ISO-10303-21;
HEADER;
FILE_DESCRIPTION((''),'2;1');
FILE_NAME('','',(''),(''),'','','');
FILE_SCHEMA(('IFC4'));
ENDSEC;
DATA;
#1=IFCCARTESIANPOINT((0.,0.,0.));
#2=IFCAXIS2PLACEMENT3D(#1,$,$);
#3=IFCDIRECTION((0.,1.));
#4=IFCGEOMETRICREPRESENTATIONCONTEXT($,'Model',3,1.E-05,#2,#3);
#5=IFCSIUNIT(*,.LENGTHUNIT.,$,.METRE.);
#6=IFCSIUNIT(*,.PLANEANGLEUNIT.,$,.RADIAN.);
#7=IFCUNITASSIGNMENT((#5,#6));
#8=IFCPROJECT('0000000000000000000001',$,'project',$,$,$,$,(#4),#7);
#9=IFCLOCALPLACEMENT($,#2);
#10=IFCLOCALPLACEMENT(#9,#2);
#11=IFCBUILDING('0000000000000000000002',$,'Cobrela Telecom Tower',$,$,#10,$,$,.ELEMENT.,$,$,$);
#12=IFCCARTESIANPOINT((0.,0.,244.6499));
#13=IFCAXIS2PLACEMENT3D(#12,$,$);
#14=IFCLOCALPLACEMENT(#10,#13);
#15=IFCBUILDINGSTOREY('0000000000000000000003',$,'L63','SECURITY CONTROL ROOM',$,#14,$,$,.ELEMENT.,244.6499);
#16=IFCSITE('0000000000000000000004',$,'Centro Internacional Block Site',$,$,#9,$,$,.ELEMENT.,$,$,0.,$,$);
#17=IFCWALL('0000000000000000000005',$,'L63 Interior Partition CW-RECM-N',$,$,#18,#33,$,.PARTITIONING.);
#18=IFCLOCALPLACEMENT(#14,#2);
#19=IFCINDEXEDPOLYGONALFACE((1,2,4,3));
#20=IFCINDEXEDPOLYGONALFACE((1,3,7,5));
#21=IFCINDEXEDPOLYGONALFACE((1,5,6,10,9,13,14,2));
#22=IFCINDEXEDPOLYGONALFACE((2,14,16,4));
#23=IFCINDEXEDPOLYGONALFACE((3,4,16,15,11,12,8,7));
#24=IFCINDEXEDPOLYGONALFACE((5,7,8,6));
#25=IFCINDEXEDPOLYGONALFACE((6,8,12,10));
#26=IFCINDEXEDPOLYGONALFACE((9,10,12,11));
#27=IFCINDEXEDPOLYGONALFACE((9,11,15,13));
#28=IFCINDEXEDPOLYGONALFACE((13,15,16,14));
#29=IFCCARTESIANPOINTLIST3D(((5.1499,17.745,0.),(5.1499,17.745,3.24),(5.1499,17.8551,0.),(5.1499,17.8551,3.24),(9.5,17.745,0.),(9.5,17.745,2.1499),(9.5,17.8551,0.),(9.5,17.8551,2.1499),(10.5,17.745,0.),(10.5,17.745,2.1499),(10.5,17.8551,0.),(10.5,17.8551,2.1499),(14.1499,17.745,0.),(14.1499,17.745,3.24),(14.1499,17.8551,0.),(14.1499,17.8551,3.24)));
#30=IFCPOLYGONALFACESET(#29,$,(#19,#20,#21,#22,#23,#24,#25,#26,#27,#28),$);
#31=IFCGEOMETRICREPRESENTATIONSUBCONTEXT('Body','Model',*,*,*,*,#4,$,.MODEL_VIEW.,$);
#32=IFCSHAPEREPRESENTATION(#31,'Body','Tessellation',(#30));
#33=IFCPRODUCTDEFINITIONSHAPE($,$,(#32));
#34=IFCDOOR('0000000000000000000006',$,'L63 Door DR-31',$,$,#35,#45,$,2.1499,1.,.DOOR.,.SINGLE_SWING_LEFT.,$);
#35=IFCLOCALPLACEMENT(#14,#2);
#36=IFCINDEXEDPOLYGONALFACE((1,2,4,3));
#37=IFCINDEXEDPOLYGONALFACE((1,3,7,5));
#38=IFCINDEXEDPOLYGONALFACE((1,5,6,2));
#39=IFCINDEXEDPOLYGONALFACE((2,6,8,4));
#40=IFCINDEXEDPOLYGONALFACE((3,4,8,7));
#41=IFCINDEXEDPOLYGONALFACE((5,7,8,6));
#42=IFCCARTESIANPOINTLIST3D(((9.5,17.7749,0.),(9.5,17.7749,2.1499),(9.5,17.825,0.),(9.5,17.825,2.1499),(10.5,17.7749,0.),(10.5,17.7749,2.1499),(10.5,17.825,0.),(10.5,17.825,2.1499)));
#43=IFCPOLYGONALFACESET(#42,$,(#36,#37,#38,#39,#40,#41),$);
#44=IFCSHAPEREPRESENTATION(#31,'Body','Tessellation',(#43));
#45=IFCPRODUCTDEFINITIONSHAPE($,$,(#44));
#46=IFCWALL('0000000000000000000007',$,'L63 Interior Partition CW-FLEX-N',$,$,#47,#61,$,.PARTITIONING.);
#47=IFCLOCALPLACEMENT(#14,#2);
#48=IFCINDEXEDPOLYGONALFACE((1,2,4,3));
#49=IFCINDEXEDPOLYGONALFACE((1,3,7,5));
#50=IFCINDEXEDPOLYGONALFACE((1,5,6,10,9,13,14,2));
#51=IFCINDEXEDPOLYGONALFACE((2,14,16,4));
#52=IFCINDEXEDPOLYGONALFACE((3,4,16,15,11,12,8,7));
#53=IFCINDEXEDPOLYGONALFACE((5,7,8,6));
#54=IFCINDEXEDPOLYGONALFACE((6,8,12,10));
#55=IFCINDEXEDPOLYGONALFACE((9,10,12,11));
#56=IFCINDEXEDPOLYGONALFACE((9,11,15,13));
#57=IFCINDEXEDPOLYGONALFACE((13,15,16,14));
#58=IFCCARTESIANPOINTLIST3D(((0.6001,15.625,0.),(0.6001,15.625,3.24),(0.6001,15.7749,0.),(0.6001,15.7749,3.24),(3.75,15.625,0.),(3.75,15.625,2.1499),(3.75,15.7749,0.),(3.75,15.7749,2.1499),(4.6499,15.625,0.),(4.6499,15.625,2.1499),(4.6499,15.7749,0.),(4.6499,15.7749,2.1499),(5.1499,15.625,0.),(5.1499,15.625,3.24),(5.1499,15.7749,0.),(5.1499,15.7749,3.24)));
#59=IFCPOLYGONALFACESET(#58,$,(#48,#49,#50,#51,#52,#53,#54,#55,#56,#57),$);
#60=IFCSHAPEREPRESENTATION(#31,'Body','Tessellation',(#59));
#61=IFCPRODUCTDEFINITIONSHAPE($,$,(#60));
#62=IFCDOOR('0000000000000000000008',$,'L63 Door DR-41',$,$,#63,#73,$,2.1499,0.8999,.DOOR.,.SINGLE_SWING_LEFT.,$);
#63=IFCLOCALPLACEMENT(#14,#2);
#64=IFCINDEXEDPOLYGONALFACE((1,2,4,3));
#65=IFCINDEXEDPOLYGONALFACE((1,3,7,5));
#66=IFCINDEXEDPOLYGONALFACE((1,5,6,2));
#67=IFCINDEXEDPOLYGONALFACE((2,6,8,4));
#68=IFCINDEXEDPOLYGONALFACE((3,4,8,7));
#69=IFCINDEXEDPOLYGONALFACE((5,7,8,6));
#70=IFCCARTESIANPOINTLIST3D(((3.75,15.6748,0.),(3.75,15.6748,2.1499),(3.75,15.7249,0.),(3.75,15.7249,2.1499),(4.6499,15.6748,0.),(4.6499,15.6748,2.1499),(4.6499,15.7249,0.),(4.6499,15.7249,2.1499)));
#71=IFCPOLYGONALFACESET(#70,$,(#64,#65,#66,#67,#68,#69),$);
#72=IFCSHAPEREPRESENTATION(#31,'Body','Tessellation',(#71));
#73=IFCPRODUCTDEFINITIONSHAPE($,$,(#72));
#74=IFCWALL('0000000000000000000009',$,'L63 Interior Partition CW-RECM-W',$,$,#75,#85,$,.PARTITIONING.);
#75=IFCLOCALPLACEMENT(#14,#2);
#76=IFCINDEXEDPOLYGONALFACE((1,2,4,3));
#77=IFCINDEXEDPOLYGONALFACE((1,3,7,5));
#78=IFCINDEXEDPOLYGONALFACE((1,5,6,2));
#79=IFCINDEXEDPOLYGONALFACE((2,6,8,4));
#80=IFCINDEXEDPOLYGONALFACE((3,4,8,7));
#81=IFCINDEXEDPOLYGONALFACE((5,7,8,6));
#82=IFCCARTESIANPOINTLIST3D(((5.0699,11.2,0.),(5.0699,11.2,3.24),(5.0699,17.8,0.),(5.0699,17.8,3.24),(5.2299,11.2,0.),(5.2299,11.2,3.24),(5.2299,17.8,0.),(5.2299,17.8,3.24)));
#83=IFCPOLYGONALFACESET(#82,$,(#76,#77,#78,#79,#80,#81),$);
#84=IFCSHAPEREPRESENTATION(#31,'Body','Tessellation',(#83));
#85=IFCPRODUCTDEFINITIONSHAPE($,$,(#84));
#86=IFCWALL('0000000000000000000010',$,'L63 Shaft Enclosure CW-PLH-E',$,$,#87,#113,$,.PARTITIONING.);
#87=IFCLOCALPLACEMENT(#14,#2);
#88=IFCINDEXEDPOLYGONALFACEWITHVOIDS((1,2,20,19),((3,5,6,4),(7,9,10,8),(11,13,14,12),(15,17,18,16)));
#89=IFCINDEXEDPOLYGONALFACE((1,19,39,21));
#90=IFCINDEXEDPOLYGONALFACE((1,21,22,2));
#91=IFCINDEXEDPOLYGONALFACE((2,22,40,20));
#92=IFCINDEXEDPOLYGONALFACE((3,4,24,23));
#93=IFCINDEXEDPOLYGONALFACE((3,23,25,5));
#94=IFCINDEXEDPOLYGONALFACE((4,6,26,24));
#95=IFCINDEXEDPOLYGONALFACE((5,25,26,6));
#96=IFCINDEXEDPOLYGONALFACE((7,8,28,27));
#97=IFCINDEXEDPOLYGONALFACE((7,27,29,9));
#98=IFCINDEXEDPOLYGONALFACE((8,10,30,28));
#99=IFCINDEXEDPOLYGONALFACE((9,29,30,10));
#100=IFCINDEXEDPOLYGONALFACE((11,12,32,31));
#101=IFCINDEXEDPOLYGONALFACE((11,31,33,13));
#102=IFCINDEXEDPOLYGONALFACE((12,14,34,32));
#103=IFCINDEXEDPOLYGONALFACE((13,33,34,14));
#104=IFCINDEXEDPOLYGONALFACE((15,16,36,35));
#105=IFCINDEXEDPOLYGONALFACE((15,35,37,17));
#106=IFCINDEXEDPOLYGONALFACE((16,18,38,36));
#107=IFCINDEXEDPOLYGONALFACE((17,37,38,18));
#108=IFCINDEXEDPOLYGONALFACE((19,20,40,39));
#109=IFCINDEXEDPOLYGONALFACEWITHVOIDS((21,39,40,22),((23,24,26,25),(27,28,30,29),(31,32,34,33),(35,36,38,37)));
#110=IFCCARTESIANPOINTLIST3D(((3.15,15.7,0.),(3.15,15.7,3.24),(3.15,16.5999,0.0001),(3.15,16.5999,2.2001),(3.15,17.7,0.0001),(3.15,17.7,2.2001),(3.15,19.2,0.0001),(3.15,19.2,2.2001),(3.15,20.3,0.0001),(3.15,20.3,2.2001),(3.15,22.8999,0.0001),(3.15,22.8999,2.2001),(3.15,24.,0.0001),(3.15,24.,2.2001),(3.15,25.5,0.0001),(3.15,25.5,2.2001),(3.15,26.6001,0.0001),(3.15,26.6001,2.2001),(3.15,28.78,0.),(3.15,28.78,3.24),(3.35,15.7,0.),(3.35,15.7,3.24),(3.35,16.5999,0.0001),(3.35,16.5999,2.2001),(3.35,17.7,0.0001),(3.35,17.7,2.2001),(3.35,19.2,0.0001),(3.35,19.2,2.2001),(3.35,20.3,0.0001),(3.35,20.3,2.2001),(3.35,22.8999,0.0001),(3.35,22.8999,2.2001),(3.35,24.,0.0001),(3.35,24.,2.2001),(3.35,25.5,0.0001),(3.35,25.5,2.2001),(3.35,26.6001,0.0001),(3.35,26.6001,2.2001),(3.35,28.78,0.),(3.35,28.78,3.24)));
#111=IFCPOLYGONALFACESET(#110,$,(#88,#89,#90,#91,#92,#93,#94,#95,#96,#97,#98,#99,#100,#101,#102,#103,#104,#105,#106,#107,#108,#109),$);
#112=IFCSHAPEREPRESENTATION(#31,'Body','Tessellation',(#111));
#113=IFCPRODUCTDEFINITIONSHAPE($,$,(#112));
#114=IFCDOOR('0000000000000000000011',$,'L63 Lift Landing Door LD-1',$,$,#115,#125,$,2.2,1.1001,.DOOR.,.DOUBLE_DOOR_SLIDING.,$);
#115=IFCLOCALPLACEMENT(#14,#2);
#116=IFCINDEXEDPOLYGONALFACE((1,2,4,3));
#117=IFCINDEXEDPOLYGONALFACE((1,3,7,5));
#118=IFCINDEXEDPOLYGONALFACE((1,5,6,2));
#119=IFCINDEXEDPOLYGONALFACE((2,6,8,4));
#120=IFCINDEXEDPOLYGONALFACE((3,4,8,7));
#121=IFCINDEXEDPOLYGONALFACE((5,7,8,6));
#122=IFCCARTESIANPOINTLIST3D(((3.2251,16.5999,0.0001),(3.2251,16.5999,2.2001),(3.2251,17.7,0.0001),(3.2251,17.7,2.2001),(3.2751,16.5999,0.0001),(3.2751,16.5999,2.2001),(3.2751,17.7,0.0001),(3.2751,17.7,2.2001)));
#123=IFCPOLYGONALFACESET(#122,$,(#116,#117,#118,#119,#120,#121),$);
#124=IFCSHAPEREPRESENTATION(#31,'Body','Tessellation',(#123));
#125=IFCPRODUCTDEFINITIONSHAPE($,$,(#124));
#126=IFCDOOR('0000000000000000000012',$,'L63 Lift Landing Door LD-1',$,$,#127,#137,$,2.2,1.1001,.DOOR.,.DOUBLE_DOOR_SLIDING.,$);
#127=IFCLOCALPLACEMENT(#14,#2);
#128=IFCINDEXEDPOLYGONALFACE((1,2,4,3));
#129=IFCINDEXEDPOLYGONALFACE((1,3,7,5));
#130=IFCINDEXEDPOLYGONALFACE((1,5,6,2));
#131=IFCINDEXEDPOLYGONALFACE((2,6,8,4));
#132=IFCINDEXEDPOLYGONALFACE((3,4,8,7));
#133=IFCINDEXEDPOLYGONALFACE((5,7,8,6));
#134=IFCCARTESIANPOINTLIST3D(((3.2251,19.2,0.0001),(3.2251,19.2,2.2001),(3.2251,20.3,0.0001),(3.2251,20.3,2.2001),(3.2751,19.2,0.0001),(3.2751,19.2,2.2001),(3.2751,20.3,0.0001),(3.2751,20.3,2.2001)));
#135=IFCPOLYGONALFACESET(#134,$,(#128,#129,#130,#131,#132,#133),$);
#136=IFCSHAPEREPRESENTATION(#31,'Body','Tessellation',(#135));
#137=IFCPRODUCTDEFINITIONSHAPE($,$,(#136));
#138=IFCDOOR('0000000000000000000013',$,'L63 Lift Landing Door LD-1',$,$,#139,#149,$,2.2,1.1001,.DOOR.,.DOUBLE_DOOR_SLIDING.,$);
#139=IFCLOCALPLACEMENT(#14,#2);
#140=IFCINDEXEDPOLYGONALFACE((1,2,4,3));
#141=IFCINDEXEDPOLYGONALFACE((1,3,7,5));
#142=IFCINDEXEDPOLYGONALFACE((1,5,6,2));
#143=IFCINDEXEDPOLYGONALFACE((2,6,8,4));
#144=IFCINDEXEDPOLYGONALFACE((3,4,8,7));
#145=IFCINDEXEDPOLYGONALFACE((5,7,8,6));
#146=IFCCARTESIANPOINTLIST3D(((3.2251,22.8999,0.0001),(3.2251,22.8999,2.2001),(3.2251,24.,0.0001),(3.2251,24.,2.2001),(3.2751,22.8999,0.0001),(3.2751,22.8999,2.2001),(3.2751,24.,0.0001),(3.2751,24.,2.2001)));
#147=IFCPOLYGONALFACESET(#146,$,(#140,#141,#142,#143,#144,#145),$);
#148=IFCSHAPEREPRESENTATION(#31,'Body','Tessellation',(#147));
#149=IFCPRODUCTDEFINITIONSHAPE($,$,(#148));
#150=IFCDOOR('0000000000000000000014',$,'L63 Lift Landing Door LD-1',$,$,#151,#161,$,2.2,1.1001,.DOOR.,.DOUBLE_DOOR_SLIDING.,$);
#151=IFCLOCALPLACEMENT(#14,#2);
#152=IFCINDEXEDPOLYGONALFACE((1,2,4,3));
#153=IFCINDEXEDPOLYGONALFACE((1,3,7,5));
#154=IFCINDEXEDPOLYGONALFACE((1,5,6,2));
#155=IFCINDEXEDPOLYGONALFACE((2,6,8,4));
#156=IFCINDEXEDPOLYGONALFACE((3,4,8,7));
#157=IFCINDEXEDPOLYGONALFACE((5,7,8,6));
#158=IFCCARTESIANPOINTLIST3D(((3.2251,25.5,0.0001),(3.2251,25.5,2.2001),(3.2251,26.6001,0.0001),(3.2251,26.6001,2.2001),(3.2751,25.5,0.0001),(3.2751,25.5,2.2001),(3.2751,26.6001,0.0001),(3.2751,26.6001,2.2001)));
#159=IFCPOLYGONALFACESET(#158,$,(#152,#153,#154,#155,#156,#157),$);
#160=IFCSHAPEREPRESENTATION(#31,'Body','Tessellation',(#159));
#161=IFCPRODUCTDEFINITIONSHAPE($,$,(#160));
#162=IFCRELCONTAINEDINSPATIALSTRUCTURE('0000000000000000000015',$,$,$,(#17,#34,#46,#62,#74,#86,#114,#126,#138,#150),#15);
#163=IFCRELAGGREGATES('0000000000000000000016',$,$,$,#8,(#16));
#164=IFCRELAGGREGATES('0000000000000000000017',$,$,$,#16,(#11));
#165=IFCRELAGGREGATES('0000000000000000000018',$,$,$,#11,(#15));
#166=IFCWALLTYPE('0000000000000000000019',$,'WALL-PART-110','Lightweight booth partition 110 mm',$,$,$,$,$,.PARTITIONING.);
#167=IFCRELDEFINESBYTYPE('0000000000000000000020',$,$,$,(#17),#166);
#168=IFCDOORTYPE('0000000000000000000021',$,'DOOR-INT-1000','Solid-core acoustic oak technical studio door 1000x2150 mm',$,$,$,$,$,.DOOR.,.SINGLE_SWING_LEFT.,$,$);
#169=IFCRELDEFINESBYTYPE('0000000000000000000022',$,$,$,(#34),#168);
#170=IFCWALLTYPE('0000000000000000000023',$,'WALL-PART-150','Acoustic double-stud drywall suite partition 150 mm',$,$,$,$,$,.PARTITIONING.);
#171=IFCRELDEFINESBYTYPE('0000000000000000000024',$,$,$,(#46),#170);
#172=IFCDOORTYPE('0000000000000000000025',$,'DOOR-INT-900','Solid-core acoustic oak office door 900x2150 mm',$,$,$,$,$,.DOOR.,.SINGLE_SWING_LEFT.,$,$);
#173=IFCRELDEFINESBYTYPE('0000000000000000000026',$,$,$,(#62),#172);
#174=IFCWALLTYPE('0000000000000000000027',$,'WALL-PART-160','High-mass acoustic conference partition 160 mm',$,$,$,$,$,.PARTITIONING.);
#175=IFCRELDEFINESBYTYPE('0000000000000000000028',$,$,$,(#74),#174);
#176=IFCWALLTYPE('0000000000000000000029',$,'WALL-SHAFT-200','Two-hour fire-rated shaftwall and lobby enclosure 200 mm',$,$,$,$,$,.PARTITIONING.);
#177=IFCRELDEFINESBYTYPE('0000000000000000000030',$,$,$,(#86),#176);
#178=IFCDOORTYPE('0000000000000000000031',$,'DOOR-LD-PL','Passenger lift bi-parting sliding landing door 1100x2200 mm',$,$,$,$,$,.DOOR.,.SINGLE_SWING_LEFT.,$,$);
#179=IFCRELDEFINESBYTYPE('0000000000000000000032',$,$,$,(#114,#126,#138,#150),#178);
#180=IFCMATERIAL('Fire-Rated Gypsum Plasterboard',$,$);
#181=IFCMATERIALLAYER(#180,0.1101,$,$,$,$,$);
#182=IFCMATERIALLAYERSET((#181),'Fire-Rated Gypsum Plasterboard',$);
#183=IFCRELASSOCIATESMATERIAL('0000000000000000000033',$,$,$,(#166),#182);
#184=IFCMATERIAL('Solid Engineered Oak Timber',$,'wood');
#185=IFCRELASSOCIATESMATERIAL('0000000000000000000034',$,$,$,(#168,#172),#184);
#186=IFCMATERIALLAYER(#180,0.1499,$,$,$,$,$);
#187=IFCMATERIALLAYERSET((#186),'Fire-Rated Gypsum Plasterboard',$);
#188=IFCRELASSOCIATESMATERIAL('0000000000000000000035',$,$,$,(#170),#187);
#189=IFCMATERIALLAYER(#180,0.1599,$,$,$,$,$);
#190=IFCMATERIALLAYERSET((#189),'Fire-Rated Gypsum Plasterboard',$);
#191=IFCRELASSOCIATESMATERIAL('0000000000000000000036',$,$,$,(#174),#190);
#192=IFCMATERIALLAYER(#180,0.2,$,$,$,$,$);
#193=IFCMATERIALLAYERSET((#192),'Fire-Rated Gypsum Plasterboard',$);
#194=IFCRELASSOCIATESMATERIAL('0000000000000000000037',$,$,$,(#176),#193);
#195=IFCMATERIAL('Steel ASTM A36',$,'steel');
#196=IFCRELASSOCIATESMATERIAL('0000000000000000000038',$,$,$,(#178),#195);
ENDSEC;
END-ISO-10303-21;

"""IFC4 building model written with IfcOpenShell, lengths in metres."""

from ifc_helpers import new_model, si_unit, direction, frame, frame_2d, origin, place, context, subcontext, project, spatial, rectangle, extrude, material, layer, layer_set, type_object, element, fill, save


model = new_model("IFC4")

# Units and contexts
model_context = context("Model", 3, precision=1e-05, world=origin(), true_north=direction((0.0, 1.0)))
body_context = subcontext(model_context, "Body", "Model", "MODEL_VIEW")
ifc_project = project(units=[si_unit("LENGTHUNIT", "METRE"), si_unit("PLANEANGLEUNIT", "RADIAN")], contexts=[model_context])

# Site, building, storey
site_placement = place(None, origin())
site = spatial("IfcSite", under=ifc_project, at=site_placement, Name="Centro Internacional Block Site", CompositionType="ELEMENT", RefElevation=0.0)
building_placement = place(site_placement, origin())
building = spatial("IfcBuilding", under=site, at=building_placement, Name="Cobrela Telecom Tower", CompositionType="ELEMENT")
storey_placement = place(building_placement, frame((0.0, 0.0, 244.6499)))
storey = spatial("IfcBuildingStorey", under=building, at=storey_placement, Name="L63", Description="SECURITY CONTROL ROOM", CompositionType="ELEMENT", Elevation=244.6499)

# Walls, openings, doors
ifc_material_1 = material(Name="Fire-Rated Gypsum Plasterboard")
ifc_layer_1 = layer(ifc_material_1, 0.1101)
ifc_layer_set_1 = layer_set([ifc_layer_1], Name="Fire-Rated Gypsum Plasterboard")
wall_type_1 = type_object("IfcWallType", Name="WALL-PART-110", Description="Lightweight booth partition 110 mm", PredefinedType="PARTITIONING", material=ifc_layer_set_1)
wall_1_placement = place(storey_placement, frame((5.1499, 17.8, 0.0), z_axis=(0.0, 0.0, 1.0), x_axis=(1.0, 0.0, 0.0)))
wall_1 = element("IfcWall", 1, at=wall_1_placement, inside=storey, type_object=wall_type_1, Name="L63 Interior Partition CW-RECM-N", PredefinedType="PARTITIONING", context=body_context, shape_type="SweptSolid", body=[
    extrude(rectangle(XDim=9.0, YDim=0.1101, at=frame_2d((4.5, 0.0))), origin(), (0.0, 0.0, 1.0), 3.24),
])
opening_1_placement = place(wall_1_placement, frame((4.3501, 0.0, 0.0)))
opening_1 = element("IfcOpeningElement", 2, at=opening_1_placement, cuts=wall_1, PredefinedType="OPENING", context=body_context, shape_type="SweptSolid", body=[
    extrude(rectangle(XDim=1.0, YDim=2.1499, at=frame_2d((0.5, 1.075))), frame((0.0, 0.0669, 0.0), z_axis=(0.0, -1.0, 0.0), x_axis=(1.0, 0.0, 0.0)), (0.0, 0.0, 1.0), 0.134),
])
ifc_material_2 = material(Name="Solid Engineered Oak Timber", Category="wood")
door_type_1 = type_object("IfcDoorType", Name="DOOR-INT-1000", Description="Solid-core acoustic oak technical studio door 1000x2150 mm", OperationType="SINGLE_SWING_LEFT", PredefinedType="DOOR", material=ifc_material_2)
door_1_placement = place(opening_1_placement, origin())
door_1 = element("IfcDoor", 3, at=door_1_placement, inside=storey, type_object=door_type_1, Name="L63 Door DR-31", OperationType="SINGLE_SWING_LEFT", OverallHeight=2.1499, OverallWidth=1.0, PredefinedType="DOOR", context=body_context, shape_type="SweptSolid", body=[
    extrude(rectangle(XDim=1.0, YDim=2.1499, at=frame_2d((0.5, 1.075))), frame((0.0, 0.0249, 0.0), z_axis=(0.0, -1.0, 0.0), x_axis=(1.0, 0.0, 0.0)), (0.0, 0.0, 1.0), 0.05),
])
fill(opening_1, door_1)
ifc_layer_2 = layer(ifc_material_1, 0.1499)
ifc_layer_set_2 = layer_set([ifc_layer_2], Name="Fire-Rated Gypsum Plasterboard")
wall_type_2 = type_object("IfcWallType", Name="WALL-PART-150", Description="Acoustic double-stud drywall suite partition 150 mm", PredefinedType="PARTITIONING", material=ifc_layer_set_2)
wall_2_placement = place(storey_placement, frame((0.6001, 15.7, 0.0), z_axis=(0.0, 0.0, 1.0), x_axis=(1.0, 0.0, 0.0)))
wall_2 = element("IfcWall", 4, at=wall_2_placement, inside=storey, type_object=wall_type_2, Name="L63 Interior Partition CW-FLEX-N", PredefinedType="PARTITIONING", context=body_context, shape_type="SweptSolid", body=[
    extrude(rectangle(XDim=4.5498, YDim=0.1499, at=frame_2d((2.2749, 0.0))), origin(), (0.0, 0.0, 1.0), 3.24),
])
opening_2_placement = place(wall_2_placement, frame((3.1499, 0.0, 0.0)))
opening_2 = element("IfcOpeningElement", 5, at=opening_2_placement, cuts=wall_2, PredefinedType="OPENING", context=body_context, shape_type="SweptSolid", body=[
    extrude(rectangle(XDim=0.8999, YDim=2.1499, at=frame_2d((0.45, 1.075))), frame((0.0, 0.0869, 0.0), z_axis=(0.0, -1.0, 0.0), x_axis=(1.0, 0.0, 0.0)), (0.0, 0.0, 1.0), 0.1738),
])
door_type_2 = type_object("IfcDoorType", Name="DOOR-INT-900", Description="Solid-core acoustic oak office door 900x2150 mm", OperationType="SINGLE_SWING_LEFT", PredefinedType="DOOR", material=ifc_material_2)
door_2_placement = place(opening_2_placement, origin())
door_2 = element("IfcDoor", 6, at=door_2_placement, inside=storey, type_object=door_type_2, Name="L63 Door DR-41", OperationType="SINGLE_SWING_LEFT", OverallHeight=2.1499, OverallWidth=0.8999, PredefinedType="DOOR", context=body_context, shape_type="SweptSolid", body=[
    extrude(rectangle(XDim=0.8999, YDim=2.1499, at=frame_2d((0.45, 1.075))), frame((0.0, 0.0249, 0.0), z_axis=(0.0, -1.0, 0.0), x_axis=(1.0, 0.0, 0.0)), (0.0, 0.0, 1.0), 0.05),
])
fill(opening_2, door_2)

# Wall
ifc_layer_3 = layer(ifc_material_1, 0.1599)
ifc_layer_set_3 = layer_set([ifc_layer_3], Name="Fire-Rated Gypsum Plasterboard")
wall_type_3 = type_object("IfcWallType", Name="WALL-PART-160", Description="High-mass acoustic conference partition 160 mm", PredefinedType="PARTITIONING", material=ifc_layer_set_3)
wall_3_placement = place(storey_placement, frame((5.1499, 11.2, 0.0), z_axis=(0.0, 0.0, 1.0), x_axis=(0.0, 1.0, 0.0)))
element("IfcWall", 7, at=wall_3_placement, inside=storey, type_object=wall_type_3, Name="L63 Interior Partition CW-RECM-W", PredefinedType="PARTITIONING", context=body_context, shape_type="SweptSolid", body=[
    extrude(rectangle(XDim=6.6001, YDim=0.1599, at=frame_2d((3.3, 0.0))), origin(), (0.0, 0.0, 1.0), 3.24),
])

# Wall, openings, doors
ifc_layer_4 = layer(ifc_material_1, 0.2)
ifc_layer_set_4 = layer_set([ifc_layer_4], Name="Fire-Rated Gypsum Plasterboard")
wall_type_4 = type_object("IfcWallType", Name="WALL-SHAFT-200", Description="Two-hour fire-rated shaftwall and lobby enclosure 200 mm", PredefinedType="PARTITIONING", material=ifc_layer_set_4)
wall_4_placement = place(storey_placement, frame((3.25, 15.7, 0.0), z_axis=(0.0, 0.0, 1.0), x_axis=(0.0, 1.0, 0.0)))
wall_4 = element("IfcWall", 8, at=wall_4_placement, inside=storey, type_object=wall_type_4, Name="L63 Shaft Enclosure CW-PLH-E", PredefinedType="PARTITIONING", context=body_context, shape_type="SweptSolid", body=[
    extrude(rectangle(XDim=13.0801, YDim=0.2, at=frame_2d((6.54, 0.0))), origin(), (0.0, 0.0, 1.0), 3.24),
])
opening_3_placement = place(wall_4_placement, frame((0.8999, 0.0, 0.0)))
opening_3 = element("IfcOpeningElement", 9, at=opening_3_placement, cuts=wall_4, PredefinedType="OPENING", context=body_context, shape_type="SweptSolid", body=[
    extrude(rectangle(XDim=1.1001, YDim=2.2, at=frame_2d((0.55, 1.1001))), frame((0.0, 0.1118, 0.0), z_axis=(0.0, -1.0, 0.0), x_axis=(1.0, 0.0, 0.0)), (0.0, 0.0, 1.0), 0.2239),
])
opening_4_placement = place(wall_4_placement, frame((3.5, 0.0, 0.0)))
opening_4 = element("IfcOpeningElement", 10, at=opening_4_placement, cuts=wall_4, PredefinedType="OPENING", context=body_context, shape_type="SweptSolid", body=[
    extrude(rectangle(XDim=1.1001, YDim=2.2, at=frame_2d((0.55, 1.1001))), frame((0.0, 0.1118, 0.0), z_axis=(0.0, -1.0, 0.0), x_axis=(1.0, 0.0, 0.0)), (0.0, 0.0, 1.0), 0.2239),
])
opening_5_placement = place(wall_4_placement, frame((7.2, 0.0, 0.0)))
opening_5 = element("IfcOpeningElement", 11, at=opening_5_placement, cuts=wall_4, PredefinedType="OPENING", context=body_context, shape_type="SweptSolid", body=[
    extrude(rectangle(XDim=1.1001, YDim=2.2, at=frame_2d((0.55, 1.1001))), frame((0.0, 0.1118, 0.0), z_axis=(0.0, -1.0, 0.0), x_axis=(1.0, 0.0, 0.0)), (0.0, 0.0, 1.0), 0.2239),
])
opening_6_placement = place(wall_4_placement, frame((9.8, 0.0, 0.0)))
opening_6 = element("IfcOpeningElement", 12, at=opening_6_placement, cuts=wall_4, PredefinedType="OPENING", context=body_context, shape_type="SweptSolid", body=[
    extrude(rectangle(XDim=1.1001, YDim=2.2, at=frame_2d((0.55, 1.1001))), frame((0.0, 0.1118, 0.0), z_axis=(0.0, -1.0, 0.0), x_axis=(1.0, 0.0, 0.0)), (0.0, 0.0, 1.0), 0.2239),
])
ifc_material_3 = material(Name="Steel ASTM A36", Category="steel")
door_type_3 = type_object("IfcDoorType", Name="DOOR-LD-PL", Description="Passenger lift bi-parting sliding landing door 1100x2200 mm", OperationType="SINGLE_SWING_LEFT", PredefinedType="DOOR", material=ifc_material_3)
door_3_placement = place(opening_3_placement, origin())
door_3 = element("IfcDoor", 13, at=door_3_placement, inside=storey, type_object=door_type_3, Name="L63 Lift Landing Door LD-1", OperationType="DOUBLE_DOOR_SLIDING", OverallHeight=2.2, OverallWidth=1.1001, PredefinedType="DOOR", context=body_context, shape_type="SweptSolid", body=[
    extrude(rectangle(XDim=1.1001, YDim=2.2, at=frame_2d((0.55, 1.1001))), frame((0.0, 0.0249, 0.0), z_axis=(0.0, -1.0, 0.0), x_axis=(1.0, 0.0, 0.0)), (0.0, 0.0, 1.0), 0.05),
])
fill(opening_3, door_3)
door_4_placement = place(opening_4_placement, origin())
door_4 = element("IfcDoor", 14, at=door_4_placement, inside=storey, type_object=door_type_3, Name="L63 Lift Landing Door LD-1", OperationType="DOUBLE_DOOR_SLIDING", OverallHeight=2.2, OverallWidth=1.1001, PredefinedType="DOOR", context=body_context, shape_type="SweptSolid", body=[
    extrude(rectangle(XDim=1.1001, YDim=2.2, at=frame_2d((0.55, 1.1001))), frame((0.0, 0.0249, 0.0), z_axis=(0.0, -1.0, 0.0), x_axis=(1.0, 0.0, 0.0)), (0.0, 0.0, 1.0), 0.05),
])
fill(opening_4, door_4)
door_5_placement = place(opening_5_placement, origin())
door_5 = element("IfcDoor", 15, at=door_5_placement, inside=storey, type_object=door_type_3, Name="L63 Lift Landing Door LD-1", OperationType="DOUBLE_DOOR_SLIDING", OverallHeight=2.2, OverallWidth=1.1001, PredefinedType="DOOR", context=body_context, shape_type="SweptSolid", body=[
    extrude(rectangle(XDim=1.1001, YDim=2.2, at=frame_2d((0.55, 1.1001))), frame((0.0, 0.0249, 0.0), z_axis=(0.0, -1.0, 0.0), x_axis=(1.0, 0.0, 0.0)), (0.0, 0.0, 1.0), 0.05),
])
fill(opening_5, door_5)
door_6_placement = place(opening_6_placement, origin())
door_6 = element("IfcDoor", 16, at=door_6_placement, inside=storey, type_object=door_type_3, Name="L63 Lift Landing Door LD-1", OperationType="DOUBLE_DOOR_SLIDING", OverallHeight=2.2, OverallWidth=1.1001, PredefinedType="DOOR", context=body_context, shape_type="SweptSolid", body=[
    extrude(rectangle(XDim=1.1001, YDim=2.2, at=frame_2d((0.55, 1.1001))), frame((0.0, 0.0249, 0.0), z_axis=(0.0, -1.0, 0.0), x_axis=(1.0, 0.0, 0.0)), (0.0, 0.0, 1.0), 0.05),
])
fill(opening_6, door_6)

save(model, "model.ifc")
